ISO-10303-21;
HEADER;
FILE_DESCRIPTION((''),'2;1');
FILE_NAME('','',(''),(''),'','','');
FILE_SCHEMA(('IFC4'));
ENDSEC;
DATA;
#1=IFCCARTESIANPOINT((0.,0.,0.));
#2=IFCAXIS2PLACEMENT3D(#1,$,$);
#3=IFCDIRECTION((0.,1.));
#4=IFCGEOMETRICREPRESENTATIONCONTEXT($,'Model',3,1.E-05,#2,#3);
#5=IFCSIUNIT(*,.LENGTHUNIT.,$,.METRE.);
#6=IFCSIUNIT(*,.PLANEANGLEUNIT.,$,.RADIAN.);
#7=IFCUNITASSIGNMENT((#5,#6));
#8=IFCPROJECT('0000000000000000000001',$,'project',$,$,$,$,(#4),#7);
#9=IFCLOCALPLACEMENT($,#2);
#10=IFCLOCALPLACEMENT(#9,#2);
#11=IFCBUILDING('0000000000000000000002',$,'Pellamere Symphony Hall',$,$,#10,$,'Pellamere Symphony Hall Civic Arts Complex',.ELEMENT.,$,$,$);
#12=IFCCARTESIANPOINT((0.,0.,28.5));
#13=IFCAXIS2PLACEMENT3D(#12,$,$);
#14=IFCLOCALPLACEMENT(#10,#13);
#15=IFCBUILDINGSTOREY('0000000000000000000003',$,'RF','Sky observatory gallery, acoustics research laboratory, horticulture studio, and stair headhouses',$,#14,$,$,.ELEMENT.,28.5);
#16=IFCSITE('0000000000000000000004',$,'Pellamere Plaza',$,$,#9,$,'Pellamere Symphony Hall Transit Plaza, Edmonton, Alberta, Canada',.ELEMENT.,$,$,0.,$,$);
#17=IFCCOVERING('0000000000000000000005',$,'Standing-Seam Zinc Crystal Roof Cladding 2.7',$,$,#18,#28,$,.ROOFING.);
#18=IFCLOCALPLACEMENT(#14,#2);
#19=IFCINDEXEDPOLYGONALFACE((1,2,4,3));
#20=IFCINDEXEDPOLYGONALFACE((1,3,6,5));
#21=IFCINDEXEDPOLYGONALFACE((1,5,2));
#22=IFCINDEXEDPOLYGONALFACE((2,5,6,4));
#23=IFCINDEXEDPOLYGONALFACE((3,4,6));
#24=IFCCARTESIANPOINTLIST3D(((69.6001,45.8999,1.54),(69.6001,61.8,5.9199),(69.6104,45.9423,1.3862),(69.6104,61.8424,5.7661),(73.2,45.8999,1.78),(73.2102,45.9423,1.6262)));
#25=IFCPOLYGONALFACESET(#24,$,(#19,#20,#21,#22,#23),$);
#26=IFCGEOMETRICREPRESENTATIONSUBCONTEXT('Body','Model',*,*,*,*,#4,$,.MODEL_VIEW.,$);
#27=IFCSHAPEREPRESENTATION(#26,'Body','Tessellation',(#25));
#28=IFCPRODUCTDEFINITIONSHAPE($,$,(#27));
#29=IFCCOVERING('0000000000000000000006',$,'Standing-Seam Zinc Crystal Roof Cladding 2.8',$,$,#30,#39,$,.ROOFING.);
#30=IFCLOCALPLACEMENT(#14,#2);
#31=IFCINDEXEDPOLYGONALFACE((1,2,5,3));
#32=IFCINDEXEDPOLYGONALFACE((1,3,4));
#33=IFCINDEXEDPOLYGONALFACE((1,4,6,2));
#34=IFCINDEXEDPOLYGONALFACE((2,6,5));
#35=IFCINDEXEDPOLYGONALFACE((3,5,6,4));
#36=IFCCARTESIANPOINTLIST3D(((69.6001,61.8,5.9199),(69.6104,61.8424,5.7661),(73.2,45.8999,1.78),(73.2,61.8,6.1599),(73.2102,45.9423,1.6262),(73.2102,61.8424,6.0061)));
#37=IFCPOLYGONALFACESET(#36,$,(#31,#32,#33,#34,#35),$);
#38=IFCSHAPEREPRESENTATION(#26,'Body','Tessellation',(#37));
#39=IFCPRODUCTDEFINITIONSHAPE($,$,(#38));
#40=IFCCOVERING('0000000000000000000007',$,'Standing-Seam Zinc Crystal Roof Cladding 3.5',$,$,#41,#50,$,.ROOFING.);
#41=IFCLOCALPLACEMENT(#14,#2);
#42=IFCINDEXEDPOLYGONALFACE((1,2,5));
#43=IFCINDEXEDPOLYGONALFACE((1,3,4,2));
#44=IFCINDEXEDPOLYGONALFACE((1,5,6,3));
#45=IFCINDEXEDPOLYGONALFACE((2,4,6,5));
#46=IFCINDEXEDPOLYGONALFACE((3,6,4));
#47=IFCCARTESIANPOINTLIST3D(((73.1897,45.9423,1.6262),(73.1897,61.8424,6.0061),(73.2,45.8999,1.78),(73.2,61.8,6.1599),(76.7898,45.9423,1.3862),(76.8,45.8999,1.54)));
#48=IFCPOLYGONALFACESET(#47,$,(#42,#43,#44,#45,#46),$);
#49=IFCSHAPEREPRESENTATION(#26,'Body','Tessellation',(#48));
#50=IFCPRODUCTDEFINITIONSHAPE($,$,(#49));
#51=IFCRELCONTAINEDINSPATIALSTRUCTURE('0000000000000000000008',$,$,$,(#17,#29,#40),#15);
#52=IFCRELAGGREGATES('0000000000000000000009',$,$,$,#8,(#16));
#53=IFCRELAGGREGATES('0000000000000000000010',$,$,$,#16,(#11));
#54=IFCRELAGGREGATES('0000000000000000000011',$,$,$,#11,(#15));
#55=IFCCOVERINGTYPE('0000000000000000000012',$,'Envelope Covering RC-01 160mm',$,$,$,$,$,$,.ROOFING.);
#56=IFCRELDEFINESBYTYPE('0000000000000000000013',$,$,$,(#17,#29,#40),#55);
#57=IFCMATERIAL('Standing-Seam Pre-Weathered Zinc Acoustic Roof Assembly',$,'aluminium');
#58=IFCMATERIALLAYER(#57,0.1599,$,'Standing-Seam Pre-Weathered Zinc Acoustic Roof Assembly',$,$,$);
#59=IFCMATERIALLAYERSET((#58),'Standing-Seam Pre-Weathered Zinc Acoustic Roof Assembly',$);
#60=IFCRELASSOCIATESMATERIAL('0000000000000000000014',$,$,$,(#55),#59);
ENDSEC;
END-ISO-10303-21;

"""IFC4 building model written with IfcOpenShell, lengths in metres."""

from ifc_helpers import new_model, si_unit, direction, frame, origin, place, context, subcontext, project, spatial, polyline, outline, extrude, material, layer, layer_set, type_object, element, save


model = new_model("IFC4")

# Units and contexts
model_context = context("Model", 3, precision=1e-05, world=origin(), true_north=direction((0.0, 1.0)))
body_context = subcontext(model_context, "Body", "Model", "MODEL_VIEW")
ifc_project = project(units=[si_unit("LENGTHUNIT", "METRE"), si_unit("PLANEANGLEUNIT", "RADIAN")], contexts=[model_context])

# Site, building, storey
site_placement = place(None, origin())
site = spatial("IfcSite", under=ifc_project, at=site_placement, Name="Pellamere Plaza", LongName="Pellamere Symphony Hall Transit Plaza, Edmonton, Alberta, Canada", CompositionType="ELEMENT", RefElevation=0.0)
building_placement = place(site_placement, origin())
building = spatial("IfcBuilding", under=site, at=building_placement, Name="Pellamere Symphony Hall", LongName="Pellamere Symphony Hall Civic Arts Complex", CompositionType="ELEMENT")
storey_placement = place(building_placement, frame((0.0, 0.0, 28.5)))
storey = spatial("IfcBuildingStorey", under=building, at=storey_placement, Name="RF", Description="Sky observatory gallery, acoustics research laboratory, horticulture studio, and stair headhouses", CompositionType="ELEMENT", Elevation=28.5)

# Coverings
ifc_material_1 = material(Name="Standing-Seam Pre-Weathered Zinc Acoustic Roof Assembly", Category="aluminium")
ifc_layer_1 = layer(ifc_material_1, 0.1599, Name="Standing-Seam Pre-Weathered Zinc Acoustic Roof Assembly")
ifc_layer_set_1 = layer_set([ifc_layer_1], Name="Standing-Seam Pre-Weathered Zinc Acoustic Roof Assembly")
covering_type = type_object("IfcCoveringType", Name="Envelope Covering RC-01 160mm", PredefinedType="ROOFING", material=ifc_layer_set_1)
covering_1_placement = place(storey_placement, frame((69.6001, 45.8999, 1.54), z_axis=(-0.06414, -0.265024, 0.962106), x_axis=(0.997785, 0.0, 0.066519)))
element("IfcCovering", 1, at=covering_1_placement, inside=storey, type_object=covering_type, Name="Standing-Seam Zinc Crystal Roof Cladding 2.7", PredefinedType="ROOFING", context=body_context, shape_type="SweptSolid", body=[
    extrude(outline(polyline([(0.0, 0.0), (3.6078, 0.0), (0.2913, 16.4898), (0.0, 0.0)])), origin(), (0.0, 0.0, -1.0), 0.1599),
])
covering_2_placement = place(storey_placement, frame((73.2, 45.8999, 1.78), z_axis=(-0.06414, -0.265024, 0.962106), x_axis=(0.0, 0.964091, 0.26557)))
element("IfcCovering", 2, at=covering_2_placement, inside=storey, type_object=covering_type, Name="Standing-Seam Zinc Crystal Roof Cladding 2.8", PredefinedType="ROOFING", context=body_context, shape_type="SweptSolid", body=[
    extrude(outline(polyline([(0.0, 0.0), (16.4924, 0.0), (16.4286, 3.6073), (0.0, 0.0)])), origin(), (0.0, 0.0, -1.0), 0.1599),
])
covering_3_placement = place(storey_placement, frame((73.2, 45.8999, 1.78), z_axis=(0.064136, -0.265024, 0.962107), x_axis=(0.997785, 0.0, -0.066515)))
element("IfcCovering", 3, at=covering_3_placement, inside=storey, type_object=covering_type, Name="Standing-Seam Zinc Crystal Roof Cladding 3.5", PredefinedType="ROOFING", context=body_context, shape_type="SweptSolid", body=[
    extrude(outline(polyline([(0.0, 0.0), (3.6081, 0.0), (-0.2913, 16.4898), (0.0, 0.0)])), origin(), (0.0, 0.0, -1.0), 0.1599),
])

save(model, "model.ifc")
